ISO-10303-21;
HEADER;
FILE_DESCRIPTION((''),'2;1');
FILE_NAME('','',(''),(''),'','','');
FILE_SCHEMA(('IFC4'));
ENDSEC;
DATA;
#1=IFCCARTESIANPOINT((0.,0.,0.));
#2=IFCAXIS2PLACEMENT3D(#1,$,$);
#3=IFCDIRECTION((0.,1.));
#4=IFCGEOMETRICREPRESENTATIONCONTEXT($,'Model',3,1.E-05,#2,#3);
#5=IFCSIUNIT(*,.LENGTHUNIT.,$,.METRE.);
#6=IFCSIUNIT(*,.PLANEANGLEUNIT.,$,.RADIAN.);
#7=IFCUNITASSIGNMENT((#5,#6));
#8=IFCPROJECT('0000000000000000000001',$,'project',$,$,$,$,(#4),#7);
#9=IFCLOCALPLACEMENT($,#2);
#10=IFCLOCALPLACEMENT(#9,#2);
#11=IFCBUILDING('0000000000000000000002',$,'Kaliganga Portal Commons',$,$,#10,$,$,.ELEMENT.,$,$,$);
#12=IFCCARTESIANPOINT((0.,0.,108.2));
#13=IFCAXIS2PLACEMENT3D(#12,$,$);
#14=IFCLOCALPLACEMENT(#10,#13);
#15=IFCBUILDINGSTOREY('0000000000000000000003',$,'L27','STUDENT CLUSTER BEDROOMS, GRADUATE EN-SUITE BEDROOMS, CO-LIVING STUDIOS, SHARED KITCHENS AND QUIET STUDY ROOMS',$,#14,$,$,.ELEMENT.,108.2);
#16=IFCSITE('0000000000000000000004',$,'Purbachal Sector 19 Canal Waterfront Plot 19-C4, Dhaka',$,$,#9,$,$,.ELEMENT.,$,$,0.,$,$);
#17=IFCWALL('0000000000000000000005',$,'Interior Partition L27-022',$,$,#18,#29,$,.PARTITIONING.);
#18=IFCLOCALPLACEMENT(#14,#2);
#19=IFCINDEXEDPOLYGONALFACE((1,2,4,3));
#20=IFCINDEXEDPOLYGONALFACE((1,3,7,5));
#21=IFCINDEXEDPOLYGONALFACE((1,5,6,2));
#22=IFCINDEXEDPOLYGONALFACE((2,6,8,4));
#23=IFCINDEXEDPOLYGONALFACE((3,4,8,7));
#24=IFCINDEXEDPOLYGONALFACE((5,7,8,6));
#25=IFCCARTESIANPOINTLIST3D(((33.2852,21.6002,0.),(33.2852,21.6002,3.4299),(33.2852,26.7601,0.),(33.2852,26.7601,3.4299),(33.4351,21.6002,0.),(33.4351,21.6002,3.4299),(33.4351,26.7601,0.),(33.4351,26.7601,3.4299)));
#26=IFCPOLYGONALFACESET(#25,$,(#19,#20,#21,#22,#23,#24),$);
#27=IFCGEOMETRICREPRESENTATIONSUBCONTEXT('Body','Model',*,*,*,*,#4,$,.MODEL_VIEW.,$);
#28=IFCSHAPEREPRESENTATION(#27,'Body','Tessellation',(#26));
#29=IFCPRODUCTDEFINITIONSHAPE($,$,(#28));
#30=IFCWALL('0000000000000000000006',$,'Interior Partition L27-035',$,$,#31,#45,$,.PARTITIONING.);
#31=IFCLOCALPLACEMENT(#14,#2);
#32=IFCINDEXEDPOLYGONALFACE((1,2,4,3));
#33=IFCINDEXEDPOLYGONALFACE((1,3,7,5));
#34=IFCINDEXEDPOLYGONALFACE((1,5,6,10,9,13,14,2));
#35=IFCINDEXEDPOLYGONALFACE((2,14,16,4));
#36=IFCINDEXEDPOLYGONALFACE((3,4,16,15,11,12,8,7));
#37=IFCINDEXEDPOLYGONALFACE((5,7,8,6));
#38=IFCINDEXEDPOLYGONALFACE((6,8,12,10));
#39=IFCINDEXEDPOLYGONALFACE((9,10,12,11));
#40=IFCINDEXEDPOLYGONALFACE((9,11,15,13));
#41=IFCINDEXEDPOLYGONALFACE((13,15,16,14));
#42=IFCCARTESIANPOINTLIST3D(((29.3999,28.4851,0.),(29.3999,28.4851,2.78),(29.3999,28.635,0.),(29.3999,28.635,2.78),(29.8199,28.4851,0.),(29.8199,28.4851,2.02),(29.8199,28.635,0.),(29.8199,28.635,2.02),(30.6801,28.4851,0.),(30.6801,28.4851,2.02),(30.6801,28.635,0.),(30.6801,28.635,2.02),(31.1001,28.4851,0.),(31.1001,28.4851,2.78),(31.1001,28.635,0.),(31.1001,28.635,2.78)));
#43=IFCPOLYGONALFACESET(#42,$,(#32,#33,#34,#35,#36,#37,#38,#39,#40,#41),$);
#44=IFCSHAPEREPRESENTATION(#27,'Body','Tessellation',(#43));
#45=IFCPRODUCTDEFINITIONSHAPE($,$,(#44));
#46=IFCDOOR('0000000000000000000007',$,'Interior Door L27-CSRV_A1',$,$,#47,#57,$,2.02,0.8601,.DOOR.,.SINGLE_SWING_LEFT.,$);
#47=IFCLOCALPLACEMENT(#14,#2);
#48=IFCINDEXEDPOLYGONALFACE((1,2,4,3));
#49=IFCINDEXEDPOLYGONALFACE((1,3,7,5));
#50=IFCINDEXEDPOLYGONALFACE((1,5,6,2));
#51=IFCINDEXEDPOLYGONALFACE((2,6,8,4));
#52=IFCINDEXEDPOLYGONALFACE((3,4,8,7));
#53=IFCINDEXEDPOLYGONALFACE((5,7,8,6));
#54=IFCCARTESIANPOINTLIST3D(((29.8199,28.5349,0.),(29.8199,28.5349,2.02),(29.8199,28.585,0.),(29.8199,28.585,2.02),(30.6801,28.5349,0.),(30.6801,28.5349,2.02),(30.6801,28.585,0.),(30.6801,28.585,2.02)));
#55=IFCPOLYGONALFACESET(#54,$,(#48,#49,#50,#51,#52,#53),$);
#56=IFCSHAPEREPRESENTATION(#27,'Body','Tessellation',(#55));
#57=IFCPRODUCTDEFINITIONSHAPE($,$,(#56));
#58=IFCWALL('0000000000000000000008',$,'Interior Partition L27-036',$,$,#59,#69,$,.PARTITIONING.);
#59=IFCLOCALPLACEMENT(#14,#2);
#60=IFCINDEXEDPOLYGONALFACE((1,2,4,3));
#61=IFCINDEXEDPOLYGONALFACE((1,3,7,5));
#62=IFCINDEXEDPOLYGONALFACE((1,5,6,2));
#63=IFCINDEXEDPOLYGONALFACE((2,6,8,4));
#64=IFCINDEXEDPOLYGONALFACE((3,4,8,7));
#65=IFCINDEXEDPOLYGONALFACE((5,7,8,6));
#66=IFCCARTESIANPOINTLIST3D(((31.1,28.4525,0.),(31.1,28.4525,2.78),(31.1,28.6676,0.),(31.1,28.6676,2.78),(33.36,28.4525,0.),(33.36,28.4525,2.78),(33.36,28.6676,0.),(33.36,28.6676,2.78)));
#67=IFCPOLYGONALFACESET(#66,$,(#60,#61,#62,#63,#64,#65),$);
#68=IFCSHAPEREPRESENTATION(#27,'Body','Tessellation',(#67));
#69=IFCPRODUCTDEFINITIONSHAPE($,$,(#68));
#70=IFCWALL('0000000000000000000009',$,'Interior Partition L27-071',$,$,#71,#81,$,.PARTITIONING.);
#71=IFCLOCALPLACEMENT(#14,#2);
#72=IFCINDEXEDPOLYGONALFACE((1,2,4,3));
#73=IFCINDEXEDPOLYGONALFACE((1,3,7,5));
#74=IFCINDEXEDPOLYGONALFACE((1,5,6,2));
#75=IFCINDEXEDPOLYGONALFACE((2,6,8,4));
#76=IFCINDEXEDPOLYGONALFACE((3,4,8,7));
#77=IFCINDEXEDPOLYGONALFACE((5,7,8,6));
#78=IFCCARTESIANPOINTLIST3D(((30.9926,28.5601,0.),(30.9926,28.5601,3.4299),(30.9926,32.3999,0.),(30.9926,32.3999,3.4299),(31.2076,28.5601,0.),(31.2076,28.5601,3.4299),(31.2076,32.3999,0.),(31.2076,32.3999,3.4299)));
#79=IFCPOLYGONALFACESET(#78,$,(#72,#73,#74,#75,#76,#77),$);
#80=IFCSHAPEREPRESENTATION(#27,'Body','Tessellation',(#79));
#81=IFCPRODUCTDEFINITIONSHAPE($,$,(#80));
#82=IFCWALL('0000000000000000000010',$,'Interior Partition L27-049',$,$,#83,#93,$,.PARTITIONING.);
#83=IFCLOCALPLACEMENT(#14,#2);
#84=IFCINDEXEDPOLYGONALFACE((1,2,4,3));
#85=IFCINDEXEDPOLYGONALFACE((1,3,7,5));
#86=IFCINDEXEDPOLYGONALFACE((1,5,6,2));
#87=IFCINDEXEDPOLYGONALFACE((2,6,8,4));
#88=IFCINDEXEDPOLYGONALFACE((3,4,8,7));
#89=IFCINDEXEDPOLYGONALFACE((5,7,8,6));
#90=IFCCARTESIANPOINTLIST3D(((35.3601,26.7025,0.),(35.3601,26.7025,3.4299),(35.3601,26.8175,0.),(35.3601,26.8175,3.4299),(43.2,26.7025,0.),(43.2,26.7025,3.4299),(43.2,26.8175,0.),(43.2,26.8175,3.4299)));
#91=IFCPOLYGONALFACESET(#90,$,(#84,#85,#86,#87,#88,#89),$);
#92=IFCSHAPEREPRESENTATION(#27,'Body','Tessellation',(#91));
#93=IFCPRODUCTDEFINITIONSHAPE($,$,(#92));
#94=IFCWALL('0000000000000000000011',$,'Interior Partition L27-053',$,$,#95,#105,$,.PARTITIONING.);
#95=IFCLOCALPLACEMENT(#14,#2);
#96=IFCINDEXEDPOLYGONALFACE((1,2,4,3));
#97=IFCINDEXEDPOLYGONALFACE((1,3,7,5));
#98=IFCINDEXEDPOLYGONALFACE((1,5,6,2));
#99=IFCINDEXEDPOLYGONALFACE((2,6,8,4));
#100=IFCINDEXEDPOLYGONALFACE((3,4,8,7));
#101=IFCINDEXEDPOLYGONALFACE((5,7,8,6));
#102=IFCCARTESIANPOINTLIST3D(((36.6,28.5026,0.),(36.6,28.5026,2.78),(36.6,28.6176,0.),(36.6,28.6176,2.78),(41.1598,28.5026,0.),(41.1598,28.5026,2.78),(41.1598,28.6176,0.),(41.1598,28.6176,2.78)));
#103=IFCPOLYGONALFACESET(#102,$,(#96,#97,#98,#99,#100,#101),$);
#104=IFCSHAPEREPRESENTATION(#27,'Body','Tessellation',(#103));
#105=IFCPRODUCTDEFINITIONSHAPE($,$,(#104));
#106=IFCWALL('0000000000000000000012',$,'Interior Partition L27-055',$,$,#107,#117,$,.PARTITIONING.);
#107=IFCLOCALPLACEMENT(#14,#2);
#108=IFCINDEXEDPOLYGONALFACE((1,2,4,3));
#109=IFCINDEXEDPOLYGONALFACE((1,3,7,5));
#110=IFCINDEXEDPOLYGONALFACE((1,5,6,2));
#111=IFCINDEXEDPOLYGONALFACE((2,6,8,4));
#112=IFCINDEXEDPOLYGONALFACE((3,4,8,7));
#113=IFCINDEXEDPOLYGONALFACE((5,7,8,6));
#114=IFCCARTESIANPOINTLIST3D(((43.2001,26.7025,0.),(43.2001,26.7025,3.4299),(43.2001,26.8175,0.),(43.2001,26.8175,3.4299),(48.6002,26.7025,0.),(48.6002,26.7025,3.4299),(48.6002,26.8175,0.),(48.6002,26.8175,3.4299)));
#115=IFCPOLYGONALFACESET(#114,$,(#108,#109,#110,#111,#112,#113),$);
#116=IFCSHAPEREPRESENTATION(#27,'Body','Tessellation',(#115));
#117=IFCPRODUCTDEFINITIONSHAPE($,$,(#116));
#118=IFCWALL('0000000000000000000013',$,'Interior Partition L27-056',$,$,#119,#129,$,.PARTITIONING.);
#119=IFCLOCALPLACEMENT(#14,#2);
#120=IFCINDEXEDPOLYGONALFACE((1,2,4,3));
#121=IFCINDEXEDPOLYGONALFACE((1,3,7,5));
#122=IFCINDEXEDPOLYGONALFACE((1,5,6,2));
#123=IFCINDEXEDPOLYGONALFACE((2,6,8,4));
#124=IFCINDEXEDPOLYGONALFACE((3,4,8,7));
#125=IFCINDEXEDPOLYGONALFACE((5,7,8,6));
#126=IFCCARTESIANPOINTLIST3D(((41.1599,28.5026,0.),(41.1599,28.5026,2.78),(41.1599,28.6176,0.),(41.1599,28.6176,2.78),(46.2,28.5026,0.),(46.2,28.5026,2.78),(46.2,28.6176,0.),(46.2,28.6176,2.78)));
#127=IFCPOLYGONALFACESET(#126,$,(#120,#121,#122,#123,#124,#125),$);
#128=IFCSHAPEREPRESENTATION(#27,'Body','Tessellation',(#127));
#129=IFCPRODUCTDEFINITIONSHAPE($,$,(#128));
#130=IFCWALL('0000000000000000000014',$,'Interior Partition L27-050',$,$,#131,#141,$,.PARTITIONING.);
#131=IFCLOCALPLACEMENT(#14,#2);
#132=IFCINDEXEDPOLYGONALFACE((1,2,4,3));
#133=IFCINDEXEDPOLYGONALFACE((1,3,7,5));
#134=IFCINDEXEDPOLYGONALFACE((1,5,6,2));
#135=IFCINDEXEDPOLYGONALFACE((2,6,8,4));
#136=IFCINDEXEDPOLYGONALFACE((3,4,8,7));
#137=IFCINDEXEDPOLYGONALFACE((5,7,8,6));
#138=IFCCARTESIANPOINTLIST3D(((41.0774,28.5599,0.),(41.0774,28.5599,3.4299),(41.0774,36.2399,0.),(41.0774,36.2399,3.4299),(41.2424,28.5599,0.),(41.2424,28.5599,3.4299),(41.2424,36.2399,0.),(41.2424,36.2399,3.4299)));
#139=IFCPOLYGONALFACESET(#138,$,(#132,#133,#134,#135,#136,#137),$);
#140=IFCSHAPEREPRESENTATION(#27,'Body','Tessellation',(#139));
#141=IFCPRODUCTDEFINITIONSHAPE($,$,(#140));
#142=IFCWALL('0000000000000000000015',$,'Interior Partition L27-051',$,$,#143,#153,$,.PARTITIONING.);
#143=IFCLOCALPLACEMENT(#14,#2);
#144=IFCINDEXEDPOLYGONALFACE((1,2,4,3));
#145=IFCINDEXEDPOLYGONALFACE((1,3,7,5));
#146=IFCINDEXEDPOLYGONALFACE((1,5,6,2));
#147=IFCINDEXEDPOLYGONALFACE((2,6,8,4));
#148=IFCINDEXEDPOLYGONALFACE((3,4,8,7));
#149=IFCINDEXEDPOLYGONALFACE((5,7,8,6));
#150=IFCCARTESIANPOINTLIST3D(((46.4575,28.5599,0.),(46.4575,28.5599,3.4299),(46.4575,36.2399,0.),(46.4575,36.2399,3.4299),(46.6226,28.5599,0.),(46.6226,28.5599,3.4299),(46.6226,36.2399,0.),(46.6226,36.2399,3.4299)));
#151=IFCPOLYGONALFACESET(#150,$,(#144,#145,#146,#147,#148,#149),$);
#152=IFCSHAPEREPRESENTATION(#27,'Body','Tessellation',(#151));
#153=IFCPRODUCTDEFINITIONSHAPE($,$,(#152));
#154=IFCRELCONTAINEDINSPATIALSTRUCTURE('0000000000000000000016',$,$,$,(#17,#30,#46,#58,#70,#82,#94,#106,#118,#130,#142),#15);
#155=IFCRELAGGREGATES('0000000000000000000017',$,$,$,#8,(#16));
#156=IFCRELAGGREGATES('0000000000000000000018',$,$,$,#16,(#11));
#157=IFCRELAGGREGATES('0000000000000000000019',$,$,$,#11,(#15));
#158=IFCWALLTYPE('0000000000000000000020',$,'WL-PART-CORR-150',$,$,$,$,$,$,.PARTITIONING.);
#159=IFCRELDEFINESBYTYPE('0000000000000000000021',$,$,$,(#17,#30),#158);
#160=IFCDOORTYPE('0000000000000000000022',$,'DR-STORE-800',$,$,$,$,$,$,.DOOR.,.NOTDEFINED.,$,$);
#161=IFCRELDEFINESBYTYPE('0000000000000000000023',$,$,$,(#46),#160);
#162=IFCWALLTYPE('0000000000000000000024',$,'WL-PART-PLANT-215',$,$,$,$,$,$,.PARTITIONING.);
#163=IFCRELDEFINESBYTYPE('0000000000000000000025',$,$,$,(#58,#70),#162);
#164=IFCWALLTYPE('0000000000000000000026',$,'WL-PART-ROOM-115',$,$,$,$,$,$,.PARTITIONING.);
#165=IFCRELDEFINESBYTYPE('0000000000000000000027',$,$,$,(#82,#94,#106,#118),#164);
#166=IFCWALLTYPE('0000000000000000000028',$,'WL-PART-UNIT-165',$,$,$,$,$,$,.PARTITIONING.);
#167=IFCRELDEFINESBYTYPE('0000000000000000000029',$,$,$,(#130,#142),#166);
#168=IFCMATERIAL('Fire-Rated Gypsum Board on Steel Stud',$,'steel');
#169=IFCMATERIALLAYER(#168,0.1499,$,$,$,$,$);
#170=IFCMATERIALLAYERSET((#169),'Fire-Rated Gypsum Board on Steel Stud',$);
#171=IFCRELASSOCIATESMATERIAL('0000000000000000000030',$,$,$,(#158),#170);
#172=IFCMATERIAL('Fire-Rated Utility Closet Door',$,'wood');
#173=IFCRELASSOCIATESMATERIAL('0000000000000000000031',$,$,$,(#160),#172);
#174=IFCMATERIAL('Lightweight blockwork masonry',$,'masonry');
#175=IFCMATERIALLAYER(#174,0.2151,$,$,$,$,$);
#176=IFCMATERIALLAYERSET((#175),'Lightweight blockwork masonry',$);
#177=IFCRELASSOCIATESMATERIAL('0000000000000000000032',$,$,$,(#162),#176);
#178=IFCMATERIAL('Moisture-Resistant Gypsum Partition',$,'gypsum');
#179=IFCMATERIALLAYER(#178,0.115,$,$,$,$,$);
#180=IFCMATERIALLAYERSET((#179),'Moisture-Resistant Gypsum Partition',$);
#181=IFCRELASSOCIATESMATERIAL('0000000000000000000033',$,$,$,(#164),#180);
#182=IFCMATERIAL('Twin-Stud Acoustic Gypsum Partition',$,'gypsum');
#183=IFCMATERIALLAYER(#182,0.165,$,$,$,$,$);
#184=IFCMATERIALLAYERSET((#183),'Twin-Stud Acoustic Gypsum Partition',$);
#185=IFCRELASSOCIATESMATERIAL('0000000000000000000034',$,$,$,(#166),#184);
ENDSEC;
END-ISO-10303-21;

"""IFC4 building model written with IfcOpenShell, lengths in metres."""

from ifc_helpers import new_model, si_unit, direction, frame, frame_2d, origin, place, context, subcontext, project, spatial, rectangle, extrude, material, layer, layer_set, type_object, element, fill, save


model = new_model("IFC4")

# Units and contexts
model_context = context("Model", 3, precision=1e-05, world=origin(), true_north=direction((0.0, 1.0)))
body_context = subcontext(model_context, "Body", "Model", "MODEL_VIEW")
ifc_project = project(units=[si_unit("LENGTHUNIT", "METRE"), si_unit("PLANEANGLEUNIT", "RADIAN")], contexts=[model_context])

# Site, building, storey
site_placement = place(None, origin())
site = spatial("IfcSite", under=ifc_project, at=site_placement, Name="Purbachal Sector 19 Canal Waterfront Plot 19-C4, Dhaka", CompositionType="ELEMENT", RefElevation=0.0)
building_placement = place(site_placement, origin())
building = spatial("IfcBuilding", under=site, at=building_placement, Name="Kaliganga Portal Commons", CompositionType="ELEMENT")
storey_placement = place(building_placement, frame((0.0, 0.0, 108.2)))
storey = spatial("IfcBuildingStorey", under=building, at=storey_placement, Name="L27", Description="STUDENT CLUSTER BEDROOMS, GRADUATE EN-SUITE BEDROOMS, CO-LIVING STUDIOS, SHARED KITCHENS AND QUIET STUDY ROOMS", CompositionType="ELEMENT", Elevation=108.2)

# Shared definitions
ifc_material_1 = material(Name="Fire-Rated Gypsum Board on Steel Stud", Category="steel")
ifc_layer_1 = layer(ifc_material_1, 0.1499)
ifc_layer_set_1 = layer_set([ifc_layer_1], Name="Fire-Rated Gypsum Board on Steel Stud")
wall_type_1 = type_object("IfcWallType", Name="WL-PART-CORR-150", PredefinedType="PARTITIONING", material=ifc_layer_set_1)

# Wall
wall_1_placement = place(storey_placement, frame((33.3601, 21.6001, 0.0), z_axis=(0.0, 0.0, 1.0), x_axis=(0.0, 1.0, 0.0)))
element("IfcWall", 1, at=wall_1_placement, inside=storey, type_object=wall_type_1, Name="Interior Partition L27-022", PredefinedType="PARTITIONING", context=body_context, shape_type="SweptSolid", body=[
    extrude(rectangle(XDim=5.1599, YDim=0.1499, at=frame_2d((2.5801, 0.0))), origin(), (0.0, 0.0, 1.0), 3.4299),
])

# Wall, opening, door
wall_2_placement = place(storey_placement, frame((29.3999, 28.5601, 0.0), z_axis=(0.0, 0.0, 1.0), x_axis=(1.0, 0.0, 0.0)))
wall_2 = element("IfcWall", 2, at=wall_2_placement, inside=storey, type_object=wall_type_1, Name="Interior Partition L27-035", PredefinedType="PARTITIONING", context=body_context, shape_type="SweptSolid", body=[
    extrude(rectangle(XDim=1.7002, YDim=0.1499, at=frame_2d((0.8501, 0.0))), origin(), (0.0, 0.0, 1.0), 2.78),
])
opening_1_placement = place(wall_2_placement, frame((0.4199, 0.0, 0.0)))
opening_1 = element("IfcOpeningElement", 3, at=opening_1_placement, cuts=wall_2, PredefinedType="OPENING", context=body_context, shape_type="SweptSolid", body=[
    extrude(rectangle(XDim=0.8601, YDim=2.02, at=frame_2d((0.4302, 1.01))), frame((0.0, 0.085, 0.0), z_axis=(0.0, -1.0, 0.0), x_axis=(1.0, 0.0, 0.0)), (0.0, 0.0, 1.0), 0.1699),
])
ifc_material_2 = material(Name="Fire-Rated Utility Closet Door", Category="wood")
door_type_1 = type_object("IfcDoorType", Name="DR-STORE-800", OperationType="NOTDEFINED", PredefinedType="DOOR", material=ifc_material_2)
door_1_placement = place(opening_1_placement, origin())
door_1 = element("IfcDoor", 4, at=door_1_placement, inside=storey, type_object=door_type_1, Name="Interior Door L27-CSRV_A1", OperationType="SINGLE_SWING_LEFT", OverallHeight=2.02, OverallWidth=0.8601, PredefinedType="DOOR", context=body_context, shape_type="SweptSolid", body=[
    extrude(rectangle(XDim=0.8601, YDim=2.02, at=frame_2d((0.4302, 1.01))), frame((0.0, 0.0249, 0.0), z_axis=(0.0, -1.0, 0.0), x_axis=(1.0, 0.0, 0.0)), (0.0, 0.0, 1.0), 0.05),
])
fill(opening_1, door_1)
ifc_material_3 = material(Name="Lightweight blockwork masonry", Category="masonry")
ifc_layer_2 = layer(ifc_material_3, 0.2151)
ifc_layer_set_2 = layer_set([ifc_layer_2], Name="Lightweight blockwork masonry")
wall_type_2 = type_object("IfcWallType", Name="WL-PART-PLANT-215", PredefinedType="PARTITIONING", material=ifc_layer_set_2)

# Walls
wall_3_placement = place(storey_placement, frame((31.1001, 28.5601, 0.0), z_axis=(0.0, 0.0, 1.0), x_axis=(1.0, 0.0, 0.0)))
element("IfcWall", 5, at=wall_3_placement, inside=storey, type_object=wall_type_2, Name="Interior Partition L27-036", PredefinedType="PARTITIONING", context=body_context, shape_type="SweptSolid", body=[
    extrude(rectangle(XDim=2.26, YDim=0.2151, at=frame_2d((1.1299, 0.0))), origin(), (0.0, 0.0, 1.0), 2.78),
])
wall_4_placement = place(storey_placement, frame((31.1001, 28.5601, 0.0), z_axis=(0.0, 0.0, 1.0), x_axis=(0.0, 1.0, 0.0)))
element("IfcWall", 6, at=wall_4_placement, inside=storey, type_object=wall_type_2, Name="Interior Partition L27-071", PredefinedType="PARTITIONING", context=body_context, shape_type="SweptSolid", body=[
    extrude(rectangle(XDim=3.8398, YDim=0.2151, at=frame_2d((1.9199, 0.0))), origin(), (0.0, 0.0, 1.0), 3.4299),
])
ifc_material_4 = material(Name="Moisture-Resistant Gypsum Partition", Category="gypsum")
ifc_layer_3 = layer(ifc_material_4, 0.115)
ifc_layer_set_3 = layer_set([ifc_layer_3], Name="Moisture-Resistant Gypsum Partition")
wall_type_3 = type_object("IfcWallType", Name="WL-PART-ROOM-115", PredefinedType="PARTITIONING", material=ifc_layer_set_3)
wall_5_placement = place(storey_placement, frame((35.3601, 26.76, 0.0), z_axis=(0.0, 0.0, 1.0), x_axis=(1.0, 0.0, 0.0)))
element("IfcWall", 7, at=wall_5_placement, inside=storey, type_object=wall_type_3, Name="Interior Partition L27-049", PredefinedType="PARTITIONING", context=body_context, shape_type="SweptSolid", body=[
    extrude(rectangle(XDim=7.8398, YDim=0.115, at=frame_2d((3.9199, 0.0))), origin(), (0.0, 0.0, 1.0), 3.4299),
])
wall_6_placement = place(storey_placement, frame((36.6001, 28.5601, 0.0), z_axis=(0.0, 0.0, 1.0), x_axis=(1.0, 0.0, 0.0)))
element("IfcWall", 8, at=wall_6_placement, inside=storey, type_object=wall_type_3, Name="Interior Partition L27-053", PredefinedType="PARTITIONING", context=body_context, shape_type="SweptSolid", body=[
    extrude(rectangle(XDim=4.5598, YDim=0.115, at=frame_2d((2.2798, 0.0))), origin(), (0.0, 0.0, 1.0), 2.78),
])
wall_7_placement = place(storey_placement, frame((43.2, 26.76, 0.0), z_axis=(0.0, 0.0, 1.0), x_axis=(1.0, 0.0, 0.0)))
element("IfcWall", 9, at=wall_7_placement, inside=storey, type_object=wall_type_3, Name="Interior Partition L27-055", PredefinedType="PARTITIONING", context=body_context, shape_type="SweptSolid", body=[
    extrude(rectangle(XDim=5.4001, YDim=0.115, at=frame_2d((2.7002, 0.0))), origin(), (0.0, 0.0, 1.0), 3.4299),
])
wall_8_placement = place(storey_placement, frame((41.1599, 28.5601, 0.0), z_axis=(0.0, 0.0, 1.0), x_axis=(1.0, 0.0, 0.0)))
element("IfcWall", 10, at=wall_8_placement, inside=storey, type_object=wall_type_3, Name="Interior Partition L27-056", PredefinedType="PARTITIONING", context=body_context, shape_type="SweptSolid", body=[
    extrude(rectangle(XDim=5.04, YDim=0.115, at=frame_2d((2.52, 0.0))), origin(), (0.0, 0.0, 1.0), 2.78),
])
ifc_material_5 = material(Name="Twin-Stud Acoustic Gypsum Partition", Category="gypsum")
ifc_layer_4 = layer(ifc_material_5, 0.165)
ifc_layer_set_4 = layer_set([ifc_layer_4], Name="Twin-Stud Acoustic Gypsum Partition")
wall_type_4 = type_object("IfcWallType", Name="WL-PART-UNIT-165", PredefinedType="PARTITIONING", material=ifc_layer_set_4)
for number, where, z_axis, x_axis, name in (
    (11, (41.1599, 28.5601, 0.0), (0.0, 0.0, 1.0), (0.0, 1.0, 0.0), "Interior Partition L27-050"),
    (12, (46.54, 28.5601, 0.0), (0.0, 0.0, 1.0), (0.0, 1.0, 0.0), "Interior Partition L27-051"),
):
    element("IfcWall", number, at=place(storey_placement, frame(where, z_axis=z_axis, x_axis=x_axis)), inside=storey, type_object=wall_type_4, Name=name, PredefinedType="PARTITIONING", context=body_context, shape_type="SweptSolid", body=[
        extrude(rectangle(XDim=7.6799, YDim=0.165, at=frame_2d((3.8398, 0.0))), origin(), (0.0, 0.0, 1.0), 3.4299),
    ])

save(model, "model.ifc")
